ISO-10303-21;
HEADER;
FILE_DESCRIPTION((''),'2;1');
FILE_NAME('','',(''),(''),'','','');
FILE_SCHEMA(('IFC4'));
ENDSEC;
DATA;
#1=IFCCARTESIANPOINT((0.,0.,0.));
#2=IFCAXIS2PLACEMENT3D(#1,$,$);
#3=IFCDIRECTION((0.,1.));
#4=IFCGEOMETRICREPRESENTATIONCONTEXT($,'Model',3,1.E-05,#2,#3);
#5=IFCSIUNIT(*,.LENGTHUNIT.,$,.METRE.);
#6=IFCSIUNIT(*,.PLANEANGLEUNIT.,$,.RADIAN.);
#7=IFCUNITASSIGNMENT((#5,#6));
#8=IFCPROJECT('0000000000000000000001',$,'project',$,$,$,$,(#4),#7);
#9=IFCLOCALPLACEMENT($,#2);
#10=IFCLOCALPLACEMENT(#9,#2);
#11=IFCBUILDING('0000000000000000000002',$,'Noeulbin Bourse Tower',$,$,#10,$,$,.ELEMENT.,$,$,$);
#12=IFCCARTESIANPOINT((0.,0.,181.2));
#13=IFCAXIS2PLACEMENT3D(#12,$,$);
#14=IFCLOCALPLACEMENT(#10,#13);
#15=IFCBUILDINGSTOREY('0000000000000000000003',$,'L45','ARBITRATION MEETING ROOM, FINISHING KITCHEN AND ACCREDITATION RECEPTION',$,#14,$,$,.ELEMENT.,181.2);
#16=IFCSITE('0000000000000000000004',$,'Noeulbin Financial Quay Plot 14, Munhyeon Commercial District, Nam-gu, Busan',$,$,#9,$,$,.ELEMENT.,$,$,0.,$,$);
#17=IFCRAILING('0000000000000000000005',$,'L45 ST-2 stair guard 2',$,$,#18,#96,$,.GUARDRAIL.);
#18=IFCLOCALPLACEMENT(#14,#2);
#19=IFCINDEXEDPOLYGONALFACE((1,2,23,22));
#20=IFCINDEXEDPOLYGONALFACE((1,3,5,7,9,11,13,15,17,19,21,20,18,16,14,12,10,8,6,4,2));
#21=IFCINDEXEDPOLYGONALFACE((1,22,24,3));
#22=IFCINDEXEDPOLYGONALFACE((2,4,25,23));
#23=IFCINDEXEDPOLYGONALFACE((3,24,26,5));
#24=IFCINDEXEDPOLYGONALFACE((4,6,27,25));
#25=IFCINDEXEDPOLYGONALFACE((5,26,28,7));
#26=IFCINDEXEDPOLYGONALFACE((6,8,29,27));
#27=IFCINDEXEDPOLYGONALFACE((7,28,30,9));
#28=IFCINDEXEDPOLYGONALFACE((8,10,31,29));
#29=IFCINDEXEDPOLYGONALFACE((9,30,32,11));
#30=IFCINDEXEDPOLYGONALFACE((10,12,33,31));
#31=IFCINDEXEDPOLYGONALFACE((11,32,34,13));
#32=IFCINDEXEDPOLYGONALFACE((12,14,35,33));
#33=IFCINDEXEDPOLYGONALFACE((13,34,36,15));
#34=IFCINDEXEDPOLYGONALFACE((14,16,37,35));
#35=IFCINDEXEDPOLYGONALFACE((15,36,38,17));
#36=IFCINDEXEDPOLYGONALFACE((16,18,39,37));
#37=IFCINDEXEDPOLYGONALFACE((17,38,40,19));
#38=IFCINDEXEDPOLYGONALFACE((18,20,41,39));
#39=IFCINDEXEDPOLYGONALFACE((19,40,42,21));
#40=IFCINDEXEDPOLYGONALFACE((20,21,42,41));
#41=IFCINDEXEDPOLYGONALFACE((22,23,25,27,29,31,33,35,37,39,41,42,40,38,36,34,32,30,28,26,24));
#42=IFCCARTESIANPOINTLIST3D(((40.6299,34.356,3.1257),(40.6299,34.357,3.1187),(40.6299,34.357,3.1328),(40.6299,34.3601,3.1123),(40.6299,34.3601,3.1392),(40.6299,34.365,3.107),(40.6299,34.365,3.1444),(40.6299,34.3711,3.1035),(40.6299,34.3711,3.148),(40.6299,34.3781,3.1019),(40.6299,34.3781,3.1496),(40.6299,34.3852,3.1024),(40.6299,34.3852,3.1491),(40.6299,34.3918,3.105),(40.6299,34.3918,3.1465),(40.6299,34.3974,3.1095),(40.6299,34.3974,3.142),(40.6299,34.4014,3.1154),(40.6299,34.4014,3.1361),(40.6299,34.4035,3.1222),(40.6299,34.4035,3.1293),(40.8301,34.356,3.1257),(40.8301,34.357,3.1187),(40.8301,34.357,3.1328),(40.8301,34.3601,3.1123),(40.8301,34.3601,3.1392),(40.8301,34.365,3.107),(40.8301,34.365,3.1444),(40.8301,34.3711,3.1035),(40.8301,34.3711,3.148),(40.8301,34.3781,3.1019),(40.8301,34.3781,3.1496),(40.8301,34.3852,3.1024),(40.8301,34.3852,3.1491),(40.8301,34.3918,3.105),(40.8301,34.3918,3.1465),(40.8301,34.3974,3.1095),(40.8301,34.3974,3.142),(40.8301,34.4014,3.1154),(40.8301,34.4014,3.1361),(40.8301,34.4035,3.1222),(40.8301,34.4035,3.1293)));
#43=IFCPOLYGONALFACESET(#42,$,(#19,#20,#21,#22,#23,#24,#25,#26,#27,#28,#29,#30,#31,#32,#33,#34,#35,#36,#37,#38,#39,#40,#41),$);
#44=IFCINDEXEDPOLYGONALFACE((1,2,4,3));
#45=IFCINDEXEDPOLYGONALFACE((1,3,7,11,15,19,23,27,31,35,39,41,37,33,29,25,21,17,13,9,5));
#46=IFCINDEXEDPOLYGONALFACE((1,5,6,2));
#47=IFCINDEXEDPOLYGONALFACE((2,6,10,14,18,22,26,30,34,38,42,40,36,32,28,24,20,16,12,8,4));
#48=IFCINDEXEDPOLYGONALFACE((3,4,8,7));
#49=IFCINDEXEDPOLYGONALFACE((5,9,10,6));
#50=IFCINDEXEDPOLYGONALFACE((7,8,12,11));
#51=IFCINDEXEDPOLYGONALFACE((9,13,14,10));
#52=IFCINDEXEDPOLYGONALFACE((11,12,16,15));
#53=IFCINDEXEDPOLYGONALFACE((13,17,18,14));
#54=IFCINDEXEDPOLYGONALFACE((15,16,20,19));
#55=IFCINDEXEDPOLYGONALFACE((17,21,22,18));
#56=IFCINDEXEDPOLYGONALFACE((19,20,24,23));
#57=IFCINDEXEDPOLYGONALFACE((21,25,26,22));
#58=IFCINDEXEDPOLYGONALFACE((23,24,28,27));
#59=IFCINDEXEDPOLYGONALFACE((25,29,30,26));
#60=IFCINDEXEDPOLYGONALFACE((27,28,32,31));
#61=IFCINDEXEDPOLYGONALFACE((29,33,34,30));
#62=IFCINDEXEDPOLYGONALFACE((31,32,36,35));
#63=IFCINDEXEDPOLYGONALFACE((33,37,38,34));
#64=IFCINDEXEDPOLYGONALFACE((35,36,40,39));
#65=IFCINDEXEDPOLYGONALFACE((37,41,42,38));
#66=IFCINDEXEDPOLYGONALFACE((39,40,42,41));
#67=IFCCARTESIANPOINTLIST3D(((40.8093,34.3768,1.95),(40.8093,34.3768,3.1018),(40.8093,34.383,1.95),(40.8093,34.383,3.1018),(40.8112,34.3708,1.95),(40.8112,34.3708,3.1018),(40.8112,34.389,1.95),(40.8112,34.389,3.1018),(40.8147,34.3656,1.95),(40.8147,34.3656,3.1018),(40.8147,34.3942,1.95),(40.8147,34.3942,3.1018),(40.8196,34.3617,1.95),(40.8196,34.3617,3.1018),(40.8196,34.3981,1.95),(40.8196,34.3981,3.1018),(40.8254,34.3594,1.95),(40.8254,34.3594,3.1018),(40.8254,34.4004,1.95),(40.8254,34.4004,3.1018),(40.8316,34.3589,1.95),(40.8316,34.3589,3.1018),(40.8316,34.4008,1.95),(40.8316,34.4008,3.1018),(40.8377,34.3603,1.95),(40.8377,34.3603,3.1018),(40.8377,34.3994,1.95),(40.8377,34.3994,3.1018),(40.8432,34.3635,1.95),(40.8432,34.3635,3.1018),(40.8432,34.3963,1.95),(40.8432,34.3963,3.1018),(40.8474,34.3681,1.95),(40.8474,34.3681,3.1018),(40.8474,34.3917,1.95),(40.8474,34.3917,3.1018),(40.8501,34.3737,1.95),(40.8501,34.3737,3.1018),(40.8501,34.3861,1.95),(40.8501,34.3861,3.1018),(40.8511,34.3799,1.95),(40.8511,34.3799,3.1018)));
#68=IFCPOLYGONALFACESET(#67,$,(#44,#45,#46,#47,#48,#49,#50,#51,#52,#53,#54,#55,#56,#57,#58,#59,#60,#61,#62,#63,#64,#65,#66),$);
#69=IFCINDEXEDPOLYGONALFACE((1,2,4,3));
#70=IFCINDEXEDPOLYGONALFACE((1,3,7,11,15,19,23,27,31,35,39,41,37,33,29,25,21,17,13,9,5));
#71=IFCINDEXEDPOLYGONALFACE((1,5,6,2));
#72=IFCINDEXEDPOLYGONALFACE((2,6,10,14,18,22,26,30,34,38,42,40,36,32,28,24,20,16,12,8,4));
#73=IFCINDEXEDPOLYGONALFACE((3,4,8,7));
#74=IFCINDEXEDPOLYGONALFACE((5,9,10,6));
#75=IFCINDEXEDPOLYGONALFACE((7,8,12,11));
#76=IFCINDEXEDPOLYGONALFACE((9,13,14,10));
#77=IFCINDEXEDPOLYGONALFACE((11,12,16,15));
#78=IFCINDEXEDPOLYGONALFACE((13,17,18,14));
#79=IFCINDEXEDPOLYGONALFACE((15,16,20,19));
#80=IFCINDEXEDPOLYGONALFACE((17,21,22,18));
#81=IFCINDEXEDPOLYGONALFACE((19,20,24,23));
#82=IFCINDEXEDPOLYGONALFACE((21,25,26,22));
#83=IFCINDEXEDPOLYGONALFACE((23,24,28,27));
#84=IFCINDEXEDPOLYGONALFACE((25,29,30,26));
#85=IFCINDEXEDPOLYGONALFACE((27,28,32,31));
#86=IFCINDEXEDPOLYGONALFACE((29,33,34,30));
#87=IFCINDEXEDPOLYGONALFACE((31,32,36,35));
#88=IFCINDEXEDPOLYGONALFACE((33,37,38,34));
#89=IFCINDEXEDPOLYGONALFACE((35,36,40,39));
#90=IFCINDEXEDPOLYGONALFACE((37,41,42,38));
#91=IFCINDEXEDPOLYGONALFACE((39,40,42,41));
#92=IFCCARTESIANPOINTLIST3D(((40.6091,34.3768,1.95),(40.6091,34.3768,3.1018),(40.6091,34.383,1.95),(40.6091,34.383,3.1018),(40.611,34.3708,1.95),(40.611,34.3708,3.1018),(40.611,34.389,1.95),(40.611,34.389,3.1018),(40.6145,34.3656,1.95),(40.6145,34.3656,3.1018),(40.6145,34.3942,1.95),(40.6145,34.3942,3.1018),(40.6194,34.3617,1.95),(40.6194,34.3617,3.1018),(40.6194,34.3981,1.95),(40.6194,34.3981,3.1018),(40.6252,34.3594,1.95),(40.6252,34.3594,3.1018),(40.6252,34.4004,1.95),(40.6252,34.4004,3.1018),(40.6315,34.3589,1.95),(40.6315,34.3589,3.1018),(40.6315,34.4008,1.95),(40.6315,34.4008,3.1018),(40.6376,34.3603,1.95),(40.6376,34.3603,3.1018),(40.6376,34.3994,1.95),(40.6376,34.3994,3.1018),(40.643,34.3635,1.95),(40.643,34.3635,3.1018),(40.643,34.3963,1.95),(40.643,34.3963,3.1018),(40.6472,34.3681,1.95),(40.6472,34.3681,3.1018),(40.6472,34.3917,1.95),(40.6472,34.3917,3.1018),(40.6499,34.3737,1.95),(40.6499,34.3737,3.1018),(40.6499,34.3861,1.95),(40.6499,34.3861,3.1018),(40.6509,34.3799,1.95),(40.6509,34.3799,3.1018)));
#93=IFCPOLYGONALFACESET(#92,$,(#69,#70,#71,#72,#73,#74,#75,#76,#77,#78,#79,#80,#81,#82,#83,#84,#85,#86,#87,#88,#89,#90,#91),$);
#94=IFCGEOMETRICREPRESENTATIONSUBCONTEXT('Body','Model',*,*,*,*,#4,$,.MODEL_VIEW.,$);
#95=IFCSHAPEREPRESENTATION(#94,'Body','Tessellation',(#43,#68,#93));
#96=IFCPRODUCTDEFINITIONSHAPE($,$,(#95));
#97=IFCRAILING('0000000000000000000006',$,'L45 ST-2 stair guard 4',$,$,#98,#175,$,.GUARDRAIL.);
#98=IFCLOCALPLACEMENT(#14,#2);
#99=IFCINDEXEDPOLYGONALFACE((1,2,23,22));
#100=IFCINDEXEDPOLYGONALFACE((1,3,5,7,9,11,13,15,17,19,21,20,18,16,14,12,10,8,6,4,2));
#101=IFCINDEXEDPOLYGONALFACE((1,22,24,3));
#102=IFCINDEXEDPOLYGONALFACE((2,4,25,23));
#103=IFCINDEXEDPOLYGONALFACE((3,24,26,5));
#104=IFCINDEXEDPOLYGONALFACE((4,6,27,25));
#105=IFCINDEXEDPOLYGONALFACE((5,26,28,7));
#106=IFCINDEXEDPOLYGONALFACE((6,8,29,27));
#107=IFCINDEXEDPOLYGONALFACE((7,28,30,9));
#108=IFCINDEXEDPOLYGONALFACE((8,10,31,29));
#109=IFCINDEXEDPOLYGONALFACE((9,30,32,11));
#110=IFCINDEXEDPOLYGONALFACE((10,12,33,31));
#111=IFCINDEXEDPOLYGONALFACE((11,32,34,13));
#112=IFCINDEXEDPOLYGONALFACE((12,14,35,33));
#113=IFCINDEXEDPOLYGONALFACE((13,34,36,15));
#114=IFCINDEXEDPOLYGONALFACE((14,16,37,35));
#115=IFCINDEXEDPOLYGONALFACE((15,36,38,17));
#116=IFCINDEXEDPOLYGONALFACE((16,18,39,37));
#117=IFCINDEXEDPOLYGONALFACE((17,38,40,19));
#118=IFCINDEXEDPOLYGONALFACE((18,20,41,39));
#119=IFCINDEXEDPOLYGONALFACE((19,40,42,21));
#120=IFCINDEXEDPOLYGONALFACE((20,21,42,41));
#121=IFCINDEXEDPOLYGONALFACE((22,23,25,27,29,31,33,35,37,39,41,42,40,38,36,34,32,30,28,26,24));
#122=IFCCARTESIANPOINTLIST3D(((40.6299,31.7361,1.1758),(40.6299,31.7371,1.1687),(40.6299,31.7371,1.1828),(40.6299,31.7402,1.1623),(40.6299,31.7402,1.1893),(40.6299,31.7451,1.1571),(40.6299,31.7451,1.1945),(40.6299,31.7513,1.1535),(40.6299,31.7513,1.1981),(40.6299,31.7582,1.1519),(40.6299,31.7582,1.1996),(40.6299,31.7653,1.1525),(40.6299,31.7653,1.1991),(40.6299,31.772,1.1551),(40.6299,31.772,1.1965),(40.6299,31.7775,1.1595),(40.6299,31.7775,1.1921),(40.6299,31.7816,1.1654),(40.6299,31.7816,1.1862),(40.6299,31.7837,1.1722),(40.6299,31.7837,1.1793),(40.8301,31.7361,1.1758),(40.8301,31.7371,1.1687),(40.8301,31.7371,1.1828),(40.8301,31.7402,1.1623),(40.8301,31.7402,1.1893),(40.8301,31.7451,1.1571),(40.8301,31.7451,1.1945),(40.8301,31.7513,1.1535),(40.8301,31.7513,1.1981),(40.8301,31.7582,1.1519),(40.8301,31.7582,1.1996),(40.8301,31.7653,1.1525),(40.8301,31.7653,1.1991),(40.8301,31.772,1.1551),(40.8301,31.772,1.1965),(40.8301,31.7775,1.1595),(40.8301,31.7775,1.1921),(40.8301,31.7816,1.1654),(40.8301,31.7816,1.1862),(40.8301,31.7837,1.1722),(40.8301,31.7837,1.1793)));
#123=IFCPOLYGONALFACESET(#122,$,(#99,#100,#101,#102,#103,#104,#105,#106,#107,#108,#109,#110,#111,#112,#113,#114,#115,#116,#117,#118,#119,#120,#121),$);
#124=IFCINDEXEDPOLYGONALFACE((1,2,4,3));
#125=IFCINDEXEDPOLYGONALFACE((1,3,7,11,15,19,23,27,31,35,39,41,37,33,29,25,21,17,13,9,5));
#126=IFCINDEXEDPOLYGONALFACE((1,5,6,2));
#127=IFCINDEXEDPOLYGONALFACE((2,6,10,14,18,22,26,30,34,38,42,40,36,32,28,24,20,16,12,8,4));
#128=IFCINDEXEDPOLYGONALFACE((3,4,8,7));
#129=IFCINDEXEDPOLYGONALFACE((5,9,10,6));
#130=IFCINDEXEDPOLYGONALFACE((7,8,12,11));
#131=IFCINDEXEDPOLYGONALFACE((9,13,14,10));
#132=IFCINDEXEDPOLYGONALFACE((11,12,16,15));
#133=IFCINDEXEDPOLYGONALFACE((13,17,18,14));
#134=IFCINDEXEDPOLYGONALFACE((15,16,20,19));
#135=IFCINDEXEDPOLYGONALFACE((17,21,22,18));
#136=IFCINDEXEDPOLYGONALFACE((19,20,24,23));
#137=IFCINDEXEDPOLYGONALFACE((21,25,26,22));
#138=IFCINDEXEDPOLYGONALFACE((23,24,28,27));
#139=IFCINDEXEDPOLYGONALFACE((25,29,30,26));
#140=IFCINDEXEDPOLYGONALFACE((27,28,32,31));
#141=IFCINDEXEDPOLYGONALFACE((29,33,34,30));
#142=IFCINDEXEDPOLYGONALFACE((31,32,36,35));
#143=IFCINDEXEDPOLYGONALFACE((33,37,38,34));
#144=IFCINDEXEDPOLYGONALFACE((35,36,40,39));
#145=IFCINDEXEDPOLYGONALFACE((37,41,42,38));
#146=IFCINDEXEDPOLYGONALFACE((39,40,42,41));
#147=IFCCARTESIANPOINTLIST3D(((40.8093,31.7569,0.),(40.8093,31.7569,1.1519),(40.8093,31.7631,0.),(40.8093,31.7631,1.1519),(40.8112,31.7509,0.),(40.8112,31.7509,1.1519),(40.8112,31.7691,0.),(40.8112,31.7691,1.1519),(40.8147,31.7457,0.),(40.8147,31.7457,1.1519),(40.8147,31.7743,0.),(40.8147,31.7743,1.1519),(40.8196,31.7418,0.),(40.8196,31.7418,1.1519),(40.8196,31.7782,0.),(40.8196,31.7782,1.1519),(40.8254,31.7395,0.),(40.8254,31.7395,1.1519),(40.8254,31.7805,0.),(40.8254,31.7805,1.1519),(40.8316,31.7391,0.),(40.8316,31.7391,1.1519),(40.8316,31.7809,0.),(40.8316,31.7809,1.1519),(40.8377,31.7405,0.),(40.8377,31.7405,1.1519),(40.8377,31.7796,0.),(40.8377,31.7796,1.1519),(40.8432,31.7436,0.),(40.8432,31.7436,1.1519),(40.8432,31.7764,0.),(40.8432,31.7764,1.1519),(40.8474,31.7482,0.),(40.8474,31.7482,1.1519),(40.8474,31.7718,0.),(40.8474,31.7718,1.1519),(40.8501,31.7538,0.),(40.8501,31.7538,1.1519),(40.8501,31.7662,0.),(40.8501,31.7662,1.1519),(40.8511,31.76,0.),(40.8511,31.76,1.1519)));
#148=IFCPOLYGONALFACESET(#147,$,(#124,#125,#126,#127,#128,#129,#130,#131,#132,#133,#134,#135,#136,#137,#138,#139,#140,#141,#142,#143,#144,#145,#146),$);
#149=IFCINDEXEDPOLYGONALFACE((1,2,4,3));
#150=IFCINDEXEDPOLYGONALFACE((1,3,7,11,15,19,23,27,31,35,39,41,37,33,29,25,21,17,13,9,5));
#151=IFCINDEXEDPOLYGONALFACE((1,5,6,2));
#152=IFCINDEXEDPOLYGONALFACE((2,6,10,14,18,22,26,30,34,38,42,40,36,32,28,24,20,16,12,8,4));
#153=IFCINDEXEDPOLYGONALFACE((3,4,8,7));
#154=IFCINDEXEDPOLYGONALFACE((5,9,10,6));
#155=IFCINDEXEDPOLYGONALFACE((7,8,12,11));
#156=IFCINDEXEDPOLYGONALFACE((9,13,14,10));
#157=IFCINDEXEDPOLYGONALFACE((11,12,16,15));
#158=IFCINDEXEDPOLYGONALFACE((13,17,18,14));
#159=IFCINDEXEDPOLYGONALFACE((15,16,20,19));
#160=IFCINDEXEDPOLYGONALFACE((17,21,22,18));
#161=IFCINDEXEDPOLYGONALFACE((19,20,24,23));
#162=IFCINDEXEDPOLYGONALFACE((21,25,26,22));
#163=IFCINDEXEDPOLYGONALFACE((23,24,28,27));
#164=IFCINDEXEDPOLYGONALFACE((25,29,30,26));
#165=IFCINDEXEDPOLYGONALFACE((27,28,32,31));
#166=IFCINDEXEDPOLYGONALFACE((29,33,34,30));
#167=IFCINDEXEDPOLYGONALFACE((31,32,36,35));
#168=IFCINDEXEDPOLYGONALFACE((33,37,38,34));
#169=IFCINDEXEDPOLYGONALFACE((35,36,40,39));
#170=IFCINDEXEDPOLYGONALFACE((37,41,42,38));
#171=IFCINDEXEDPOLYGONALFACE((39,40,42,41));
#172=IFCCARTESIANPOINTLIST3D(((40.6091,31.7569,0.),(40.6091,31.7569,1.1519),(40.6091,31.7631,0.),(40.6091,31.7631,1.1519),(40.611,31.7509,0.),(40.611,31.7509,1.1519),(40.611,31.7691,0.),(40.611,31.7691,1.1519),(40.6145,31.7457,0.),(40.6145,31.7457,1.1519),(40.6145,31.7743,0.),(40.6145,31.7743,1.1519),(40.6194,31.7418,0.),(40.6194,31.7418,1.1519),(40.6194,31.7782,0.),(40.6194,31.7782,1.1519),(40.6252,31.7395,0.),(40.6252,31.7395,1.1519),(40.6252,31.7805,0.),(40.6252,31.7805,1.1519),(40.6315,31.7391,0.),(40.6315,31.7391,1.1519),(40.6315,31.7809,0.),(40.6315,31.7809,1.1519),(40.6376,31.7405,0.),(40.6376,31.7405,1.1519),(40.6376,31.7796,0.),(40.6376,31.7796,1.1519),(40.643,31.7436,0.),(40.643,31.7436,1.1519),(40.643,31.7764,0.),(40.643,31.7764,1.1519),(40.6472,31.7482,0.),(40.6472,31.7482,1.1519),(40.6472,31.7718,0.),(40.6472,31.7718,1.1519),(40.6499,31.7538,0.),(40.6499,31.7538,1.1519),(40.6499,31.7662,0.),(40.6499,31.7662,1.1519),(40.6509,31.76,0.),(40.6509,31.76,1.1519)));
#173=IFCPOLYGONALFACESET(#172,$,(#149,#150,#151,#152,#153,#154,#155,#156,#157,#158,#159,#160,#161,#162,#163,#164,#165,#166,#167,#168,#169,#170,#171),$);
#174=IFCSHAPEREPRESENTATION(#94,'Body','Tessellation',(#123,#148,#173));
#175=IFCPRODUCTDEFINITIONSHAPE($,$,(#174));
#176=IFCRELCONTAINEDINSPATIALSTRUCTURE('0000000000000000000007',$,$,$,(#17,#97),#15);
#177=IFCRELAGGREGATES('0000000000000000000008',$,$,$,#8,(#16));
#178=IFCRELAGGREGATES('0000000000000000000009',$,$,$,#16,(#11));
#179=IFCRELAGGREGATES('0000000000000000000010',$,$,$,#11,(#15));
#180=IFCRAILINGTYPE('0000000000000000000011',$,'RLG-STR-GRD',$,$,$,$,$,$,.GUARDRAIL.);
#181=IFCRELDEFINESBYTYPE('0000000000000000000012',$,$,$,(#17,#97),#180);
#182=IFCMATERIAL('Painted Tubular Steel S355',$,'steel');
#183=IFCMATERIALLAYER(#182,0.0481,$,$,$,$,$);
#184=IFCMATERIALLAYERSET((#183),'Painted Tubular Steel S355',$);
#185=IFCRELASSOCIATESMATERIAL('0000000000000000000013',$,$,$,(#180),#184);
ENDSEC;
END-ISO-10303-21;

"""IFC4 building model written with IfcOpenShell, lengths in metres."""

from ifc_helpers import new_model, si_unit, direction, frame, origin, origin_2d, place, context, subcontext, project, spatial, circle, extrude, material, layer, layer_set, type_object, element, save


model = new_model("IFC4")

# Units and contexts
model_context = context("Model", 3, precision=1e-05, world=origin(), true_north=direction((0.0, 1.0)))
body_context = subcontext(model_context, "Body", "Model", "MODEL_VIEW")
ifc_project = project(units=[si_unit("LENGTHUNIT", "METRE"), si_unit("PLANEANGLEUNIT", "RADIAN")], contexts=[model_context])

# Site, building, storey
site_placement = place(None, origin())
site = spatial("IfcSite", under=ifc_project, at=site_placement, Name="Noeulbin Financial Quay Plot 14, Munhyeon Commercial District, Nam-gu, Busan", CompositionType="ELEMENT", RefElevation=0.0)
building_placement = place(site_placement, origin())
building = spatial("IfcBuilding", under=site, at=building_placement, Name="Noeulbin Bourse Tower", CompositionType="ELEMENT")
storey_placement = place(building_placement, frame((0.0, 0.0, 181.2)))
storey = spatial("IfcBuildingStorey", under=building, at=storey_placement, Name="L45", Description="ARBITRATION MEETING ROOM, FINISHING KITCHEN AND ACCREDITATION RECEPTION", CompositionType="ELEMENT", Elevation=181.2)

# Railings
ifc_material_1 = material(Name="Painted Tubular Steel S355", Category="steel")
ifc_layer_1 = layer(ifc_material_1, 0.0481)
ifc_layer_set_1 = layer_set([ifc_layer_1], Name="Painted Tubular Steel S355")
railing_type_1 = type_object("IfcRailingType", Name="RLG-STR-GRD", PredefinedType="GUARDRAIL", material=ifc_layer_set_1)
for number, where, name in (
    (1, (40.8301, 34.3799, 1.95), "L45 ST-2 stair guard 2"),
    (2, (40.8301, 31.76, 0.0), "L45 ST-2 stair guard 4"),
):
    element("IfcRailing", number, at=place(storey_placement, frame(where)), inside=storey, type_object=railing_type_1, Name=name, PredefinedType="GUARDRAIL", context=body_context, shape_type="SweptSolid", body=[
        extrude(circle(Radius=0.0239, at=origin_2d()), frame((0.0, 0.0, 1.1758), z_axis=(-1.0, 0.0, 0.0), x_axis=(0.0, -1.0, 0.0)), (0.0, 0.0, 1.0), 0.2002),
        extrude(circle(Radius=0.021, at=origin_2d()), origin(), (0.0, 0.0, 1.0), 1.1519),
        extrude(circle(Radius=0.021, at=origin_2d()), frame((-0.2002, 0.0, 0.0)), (0.0, 0.0, 1.0), 1.1519),
    ])

save(model, "model.ifc")
